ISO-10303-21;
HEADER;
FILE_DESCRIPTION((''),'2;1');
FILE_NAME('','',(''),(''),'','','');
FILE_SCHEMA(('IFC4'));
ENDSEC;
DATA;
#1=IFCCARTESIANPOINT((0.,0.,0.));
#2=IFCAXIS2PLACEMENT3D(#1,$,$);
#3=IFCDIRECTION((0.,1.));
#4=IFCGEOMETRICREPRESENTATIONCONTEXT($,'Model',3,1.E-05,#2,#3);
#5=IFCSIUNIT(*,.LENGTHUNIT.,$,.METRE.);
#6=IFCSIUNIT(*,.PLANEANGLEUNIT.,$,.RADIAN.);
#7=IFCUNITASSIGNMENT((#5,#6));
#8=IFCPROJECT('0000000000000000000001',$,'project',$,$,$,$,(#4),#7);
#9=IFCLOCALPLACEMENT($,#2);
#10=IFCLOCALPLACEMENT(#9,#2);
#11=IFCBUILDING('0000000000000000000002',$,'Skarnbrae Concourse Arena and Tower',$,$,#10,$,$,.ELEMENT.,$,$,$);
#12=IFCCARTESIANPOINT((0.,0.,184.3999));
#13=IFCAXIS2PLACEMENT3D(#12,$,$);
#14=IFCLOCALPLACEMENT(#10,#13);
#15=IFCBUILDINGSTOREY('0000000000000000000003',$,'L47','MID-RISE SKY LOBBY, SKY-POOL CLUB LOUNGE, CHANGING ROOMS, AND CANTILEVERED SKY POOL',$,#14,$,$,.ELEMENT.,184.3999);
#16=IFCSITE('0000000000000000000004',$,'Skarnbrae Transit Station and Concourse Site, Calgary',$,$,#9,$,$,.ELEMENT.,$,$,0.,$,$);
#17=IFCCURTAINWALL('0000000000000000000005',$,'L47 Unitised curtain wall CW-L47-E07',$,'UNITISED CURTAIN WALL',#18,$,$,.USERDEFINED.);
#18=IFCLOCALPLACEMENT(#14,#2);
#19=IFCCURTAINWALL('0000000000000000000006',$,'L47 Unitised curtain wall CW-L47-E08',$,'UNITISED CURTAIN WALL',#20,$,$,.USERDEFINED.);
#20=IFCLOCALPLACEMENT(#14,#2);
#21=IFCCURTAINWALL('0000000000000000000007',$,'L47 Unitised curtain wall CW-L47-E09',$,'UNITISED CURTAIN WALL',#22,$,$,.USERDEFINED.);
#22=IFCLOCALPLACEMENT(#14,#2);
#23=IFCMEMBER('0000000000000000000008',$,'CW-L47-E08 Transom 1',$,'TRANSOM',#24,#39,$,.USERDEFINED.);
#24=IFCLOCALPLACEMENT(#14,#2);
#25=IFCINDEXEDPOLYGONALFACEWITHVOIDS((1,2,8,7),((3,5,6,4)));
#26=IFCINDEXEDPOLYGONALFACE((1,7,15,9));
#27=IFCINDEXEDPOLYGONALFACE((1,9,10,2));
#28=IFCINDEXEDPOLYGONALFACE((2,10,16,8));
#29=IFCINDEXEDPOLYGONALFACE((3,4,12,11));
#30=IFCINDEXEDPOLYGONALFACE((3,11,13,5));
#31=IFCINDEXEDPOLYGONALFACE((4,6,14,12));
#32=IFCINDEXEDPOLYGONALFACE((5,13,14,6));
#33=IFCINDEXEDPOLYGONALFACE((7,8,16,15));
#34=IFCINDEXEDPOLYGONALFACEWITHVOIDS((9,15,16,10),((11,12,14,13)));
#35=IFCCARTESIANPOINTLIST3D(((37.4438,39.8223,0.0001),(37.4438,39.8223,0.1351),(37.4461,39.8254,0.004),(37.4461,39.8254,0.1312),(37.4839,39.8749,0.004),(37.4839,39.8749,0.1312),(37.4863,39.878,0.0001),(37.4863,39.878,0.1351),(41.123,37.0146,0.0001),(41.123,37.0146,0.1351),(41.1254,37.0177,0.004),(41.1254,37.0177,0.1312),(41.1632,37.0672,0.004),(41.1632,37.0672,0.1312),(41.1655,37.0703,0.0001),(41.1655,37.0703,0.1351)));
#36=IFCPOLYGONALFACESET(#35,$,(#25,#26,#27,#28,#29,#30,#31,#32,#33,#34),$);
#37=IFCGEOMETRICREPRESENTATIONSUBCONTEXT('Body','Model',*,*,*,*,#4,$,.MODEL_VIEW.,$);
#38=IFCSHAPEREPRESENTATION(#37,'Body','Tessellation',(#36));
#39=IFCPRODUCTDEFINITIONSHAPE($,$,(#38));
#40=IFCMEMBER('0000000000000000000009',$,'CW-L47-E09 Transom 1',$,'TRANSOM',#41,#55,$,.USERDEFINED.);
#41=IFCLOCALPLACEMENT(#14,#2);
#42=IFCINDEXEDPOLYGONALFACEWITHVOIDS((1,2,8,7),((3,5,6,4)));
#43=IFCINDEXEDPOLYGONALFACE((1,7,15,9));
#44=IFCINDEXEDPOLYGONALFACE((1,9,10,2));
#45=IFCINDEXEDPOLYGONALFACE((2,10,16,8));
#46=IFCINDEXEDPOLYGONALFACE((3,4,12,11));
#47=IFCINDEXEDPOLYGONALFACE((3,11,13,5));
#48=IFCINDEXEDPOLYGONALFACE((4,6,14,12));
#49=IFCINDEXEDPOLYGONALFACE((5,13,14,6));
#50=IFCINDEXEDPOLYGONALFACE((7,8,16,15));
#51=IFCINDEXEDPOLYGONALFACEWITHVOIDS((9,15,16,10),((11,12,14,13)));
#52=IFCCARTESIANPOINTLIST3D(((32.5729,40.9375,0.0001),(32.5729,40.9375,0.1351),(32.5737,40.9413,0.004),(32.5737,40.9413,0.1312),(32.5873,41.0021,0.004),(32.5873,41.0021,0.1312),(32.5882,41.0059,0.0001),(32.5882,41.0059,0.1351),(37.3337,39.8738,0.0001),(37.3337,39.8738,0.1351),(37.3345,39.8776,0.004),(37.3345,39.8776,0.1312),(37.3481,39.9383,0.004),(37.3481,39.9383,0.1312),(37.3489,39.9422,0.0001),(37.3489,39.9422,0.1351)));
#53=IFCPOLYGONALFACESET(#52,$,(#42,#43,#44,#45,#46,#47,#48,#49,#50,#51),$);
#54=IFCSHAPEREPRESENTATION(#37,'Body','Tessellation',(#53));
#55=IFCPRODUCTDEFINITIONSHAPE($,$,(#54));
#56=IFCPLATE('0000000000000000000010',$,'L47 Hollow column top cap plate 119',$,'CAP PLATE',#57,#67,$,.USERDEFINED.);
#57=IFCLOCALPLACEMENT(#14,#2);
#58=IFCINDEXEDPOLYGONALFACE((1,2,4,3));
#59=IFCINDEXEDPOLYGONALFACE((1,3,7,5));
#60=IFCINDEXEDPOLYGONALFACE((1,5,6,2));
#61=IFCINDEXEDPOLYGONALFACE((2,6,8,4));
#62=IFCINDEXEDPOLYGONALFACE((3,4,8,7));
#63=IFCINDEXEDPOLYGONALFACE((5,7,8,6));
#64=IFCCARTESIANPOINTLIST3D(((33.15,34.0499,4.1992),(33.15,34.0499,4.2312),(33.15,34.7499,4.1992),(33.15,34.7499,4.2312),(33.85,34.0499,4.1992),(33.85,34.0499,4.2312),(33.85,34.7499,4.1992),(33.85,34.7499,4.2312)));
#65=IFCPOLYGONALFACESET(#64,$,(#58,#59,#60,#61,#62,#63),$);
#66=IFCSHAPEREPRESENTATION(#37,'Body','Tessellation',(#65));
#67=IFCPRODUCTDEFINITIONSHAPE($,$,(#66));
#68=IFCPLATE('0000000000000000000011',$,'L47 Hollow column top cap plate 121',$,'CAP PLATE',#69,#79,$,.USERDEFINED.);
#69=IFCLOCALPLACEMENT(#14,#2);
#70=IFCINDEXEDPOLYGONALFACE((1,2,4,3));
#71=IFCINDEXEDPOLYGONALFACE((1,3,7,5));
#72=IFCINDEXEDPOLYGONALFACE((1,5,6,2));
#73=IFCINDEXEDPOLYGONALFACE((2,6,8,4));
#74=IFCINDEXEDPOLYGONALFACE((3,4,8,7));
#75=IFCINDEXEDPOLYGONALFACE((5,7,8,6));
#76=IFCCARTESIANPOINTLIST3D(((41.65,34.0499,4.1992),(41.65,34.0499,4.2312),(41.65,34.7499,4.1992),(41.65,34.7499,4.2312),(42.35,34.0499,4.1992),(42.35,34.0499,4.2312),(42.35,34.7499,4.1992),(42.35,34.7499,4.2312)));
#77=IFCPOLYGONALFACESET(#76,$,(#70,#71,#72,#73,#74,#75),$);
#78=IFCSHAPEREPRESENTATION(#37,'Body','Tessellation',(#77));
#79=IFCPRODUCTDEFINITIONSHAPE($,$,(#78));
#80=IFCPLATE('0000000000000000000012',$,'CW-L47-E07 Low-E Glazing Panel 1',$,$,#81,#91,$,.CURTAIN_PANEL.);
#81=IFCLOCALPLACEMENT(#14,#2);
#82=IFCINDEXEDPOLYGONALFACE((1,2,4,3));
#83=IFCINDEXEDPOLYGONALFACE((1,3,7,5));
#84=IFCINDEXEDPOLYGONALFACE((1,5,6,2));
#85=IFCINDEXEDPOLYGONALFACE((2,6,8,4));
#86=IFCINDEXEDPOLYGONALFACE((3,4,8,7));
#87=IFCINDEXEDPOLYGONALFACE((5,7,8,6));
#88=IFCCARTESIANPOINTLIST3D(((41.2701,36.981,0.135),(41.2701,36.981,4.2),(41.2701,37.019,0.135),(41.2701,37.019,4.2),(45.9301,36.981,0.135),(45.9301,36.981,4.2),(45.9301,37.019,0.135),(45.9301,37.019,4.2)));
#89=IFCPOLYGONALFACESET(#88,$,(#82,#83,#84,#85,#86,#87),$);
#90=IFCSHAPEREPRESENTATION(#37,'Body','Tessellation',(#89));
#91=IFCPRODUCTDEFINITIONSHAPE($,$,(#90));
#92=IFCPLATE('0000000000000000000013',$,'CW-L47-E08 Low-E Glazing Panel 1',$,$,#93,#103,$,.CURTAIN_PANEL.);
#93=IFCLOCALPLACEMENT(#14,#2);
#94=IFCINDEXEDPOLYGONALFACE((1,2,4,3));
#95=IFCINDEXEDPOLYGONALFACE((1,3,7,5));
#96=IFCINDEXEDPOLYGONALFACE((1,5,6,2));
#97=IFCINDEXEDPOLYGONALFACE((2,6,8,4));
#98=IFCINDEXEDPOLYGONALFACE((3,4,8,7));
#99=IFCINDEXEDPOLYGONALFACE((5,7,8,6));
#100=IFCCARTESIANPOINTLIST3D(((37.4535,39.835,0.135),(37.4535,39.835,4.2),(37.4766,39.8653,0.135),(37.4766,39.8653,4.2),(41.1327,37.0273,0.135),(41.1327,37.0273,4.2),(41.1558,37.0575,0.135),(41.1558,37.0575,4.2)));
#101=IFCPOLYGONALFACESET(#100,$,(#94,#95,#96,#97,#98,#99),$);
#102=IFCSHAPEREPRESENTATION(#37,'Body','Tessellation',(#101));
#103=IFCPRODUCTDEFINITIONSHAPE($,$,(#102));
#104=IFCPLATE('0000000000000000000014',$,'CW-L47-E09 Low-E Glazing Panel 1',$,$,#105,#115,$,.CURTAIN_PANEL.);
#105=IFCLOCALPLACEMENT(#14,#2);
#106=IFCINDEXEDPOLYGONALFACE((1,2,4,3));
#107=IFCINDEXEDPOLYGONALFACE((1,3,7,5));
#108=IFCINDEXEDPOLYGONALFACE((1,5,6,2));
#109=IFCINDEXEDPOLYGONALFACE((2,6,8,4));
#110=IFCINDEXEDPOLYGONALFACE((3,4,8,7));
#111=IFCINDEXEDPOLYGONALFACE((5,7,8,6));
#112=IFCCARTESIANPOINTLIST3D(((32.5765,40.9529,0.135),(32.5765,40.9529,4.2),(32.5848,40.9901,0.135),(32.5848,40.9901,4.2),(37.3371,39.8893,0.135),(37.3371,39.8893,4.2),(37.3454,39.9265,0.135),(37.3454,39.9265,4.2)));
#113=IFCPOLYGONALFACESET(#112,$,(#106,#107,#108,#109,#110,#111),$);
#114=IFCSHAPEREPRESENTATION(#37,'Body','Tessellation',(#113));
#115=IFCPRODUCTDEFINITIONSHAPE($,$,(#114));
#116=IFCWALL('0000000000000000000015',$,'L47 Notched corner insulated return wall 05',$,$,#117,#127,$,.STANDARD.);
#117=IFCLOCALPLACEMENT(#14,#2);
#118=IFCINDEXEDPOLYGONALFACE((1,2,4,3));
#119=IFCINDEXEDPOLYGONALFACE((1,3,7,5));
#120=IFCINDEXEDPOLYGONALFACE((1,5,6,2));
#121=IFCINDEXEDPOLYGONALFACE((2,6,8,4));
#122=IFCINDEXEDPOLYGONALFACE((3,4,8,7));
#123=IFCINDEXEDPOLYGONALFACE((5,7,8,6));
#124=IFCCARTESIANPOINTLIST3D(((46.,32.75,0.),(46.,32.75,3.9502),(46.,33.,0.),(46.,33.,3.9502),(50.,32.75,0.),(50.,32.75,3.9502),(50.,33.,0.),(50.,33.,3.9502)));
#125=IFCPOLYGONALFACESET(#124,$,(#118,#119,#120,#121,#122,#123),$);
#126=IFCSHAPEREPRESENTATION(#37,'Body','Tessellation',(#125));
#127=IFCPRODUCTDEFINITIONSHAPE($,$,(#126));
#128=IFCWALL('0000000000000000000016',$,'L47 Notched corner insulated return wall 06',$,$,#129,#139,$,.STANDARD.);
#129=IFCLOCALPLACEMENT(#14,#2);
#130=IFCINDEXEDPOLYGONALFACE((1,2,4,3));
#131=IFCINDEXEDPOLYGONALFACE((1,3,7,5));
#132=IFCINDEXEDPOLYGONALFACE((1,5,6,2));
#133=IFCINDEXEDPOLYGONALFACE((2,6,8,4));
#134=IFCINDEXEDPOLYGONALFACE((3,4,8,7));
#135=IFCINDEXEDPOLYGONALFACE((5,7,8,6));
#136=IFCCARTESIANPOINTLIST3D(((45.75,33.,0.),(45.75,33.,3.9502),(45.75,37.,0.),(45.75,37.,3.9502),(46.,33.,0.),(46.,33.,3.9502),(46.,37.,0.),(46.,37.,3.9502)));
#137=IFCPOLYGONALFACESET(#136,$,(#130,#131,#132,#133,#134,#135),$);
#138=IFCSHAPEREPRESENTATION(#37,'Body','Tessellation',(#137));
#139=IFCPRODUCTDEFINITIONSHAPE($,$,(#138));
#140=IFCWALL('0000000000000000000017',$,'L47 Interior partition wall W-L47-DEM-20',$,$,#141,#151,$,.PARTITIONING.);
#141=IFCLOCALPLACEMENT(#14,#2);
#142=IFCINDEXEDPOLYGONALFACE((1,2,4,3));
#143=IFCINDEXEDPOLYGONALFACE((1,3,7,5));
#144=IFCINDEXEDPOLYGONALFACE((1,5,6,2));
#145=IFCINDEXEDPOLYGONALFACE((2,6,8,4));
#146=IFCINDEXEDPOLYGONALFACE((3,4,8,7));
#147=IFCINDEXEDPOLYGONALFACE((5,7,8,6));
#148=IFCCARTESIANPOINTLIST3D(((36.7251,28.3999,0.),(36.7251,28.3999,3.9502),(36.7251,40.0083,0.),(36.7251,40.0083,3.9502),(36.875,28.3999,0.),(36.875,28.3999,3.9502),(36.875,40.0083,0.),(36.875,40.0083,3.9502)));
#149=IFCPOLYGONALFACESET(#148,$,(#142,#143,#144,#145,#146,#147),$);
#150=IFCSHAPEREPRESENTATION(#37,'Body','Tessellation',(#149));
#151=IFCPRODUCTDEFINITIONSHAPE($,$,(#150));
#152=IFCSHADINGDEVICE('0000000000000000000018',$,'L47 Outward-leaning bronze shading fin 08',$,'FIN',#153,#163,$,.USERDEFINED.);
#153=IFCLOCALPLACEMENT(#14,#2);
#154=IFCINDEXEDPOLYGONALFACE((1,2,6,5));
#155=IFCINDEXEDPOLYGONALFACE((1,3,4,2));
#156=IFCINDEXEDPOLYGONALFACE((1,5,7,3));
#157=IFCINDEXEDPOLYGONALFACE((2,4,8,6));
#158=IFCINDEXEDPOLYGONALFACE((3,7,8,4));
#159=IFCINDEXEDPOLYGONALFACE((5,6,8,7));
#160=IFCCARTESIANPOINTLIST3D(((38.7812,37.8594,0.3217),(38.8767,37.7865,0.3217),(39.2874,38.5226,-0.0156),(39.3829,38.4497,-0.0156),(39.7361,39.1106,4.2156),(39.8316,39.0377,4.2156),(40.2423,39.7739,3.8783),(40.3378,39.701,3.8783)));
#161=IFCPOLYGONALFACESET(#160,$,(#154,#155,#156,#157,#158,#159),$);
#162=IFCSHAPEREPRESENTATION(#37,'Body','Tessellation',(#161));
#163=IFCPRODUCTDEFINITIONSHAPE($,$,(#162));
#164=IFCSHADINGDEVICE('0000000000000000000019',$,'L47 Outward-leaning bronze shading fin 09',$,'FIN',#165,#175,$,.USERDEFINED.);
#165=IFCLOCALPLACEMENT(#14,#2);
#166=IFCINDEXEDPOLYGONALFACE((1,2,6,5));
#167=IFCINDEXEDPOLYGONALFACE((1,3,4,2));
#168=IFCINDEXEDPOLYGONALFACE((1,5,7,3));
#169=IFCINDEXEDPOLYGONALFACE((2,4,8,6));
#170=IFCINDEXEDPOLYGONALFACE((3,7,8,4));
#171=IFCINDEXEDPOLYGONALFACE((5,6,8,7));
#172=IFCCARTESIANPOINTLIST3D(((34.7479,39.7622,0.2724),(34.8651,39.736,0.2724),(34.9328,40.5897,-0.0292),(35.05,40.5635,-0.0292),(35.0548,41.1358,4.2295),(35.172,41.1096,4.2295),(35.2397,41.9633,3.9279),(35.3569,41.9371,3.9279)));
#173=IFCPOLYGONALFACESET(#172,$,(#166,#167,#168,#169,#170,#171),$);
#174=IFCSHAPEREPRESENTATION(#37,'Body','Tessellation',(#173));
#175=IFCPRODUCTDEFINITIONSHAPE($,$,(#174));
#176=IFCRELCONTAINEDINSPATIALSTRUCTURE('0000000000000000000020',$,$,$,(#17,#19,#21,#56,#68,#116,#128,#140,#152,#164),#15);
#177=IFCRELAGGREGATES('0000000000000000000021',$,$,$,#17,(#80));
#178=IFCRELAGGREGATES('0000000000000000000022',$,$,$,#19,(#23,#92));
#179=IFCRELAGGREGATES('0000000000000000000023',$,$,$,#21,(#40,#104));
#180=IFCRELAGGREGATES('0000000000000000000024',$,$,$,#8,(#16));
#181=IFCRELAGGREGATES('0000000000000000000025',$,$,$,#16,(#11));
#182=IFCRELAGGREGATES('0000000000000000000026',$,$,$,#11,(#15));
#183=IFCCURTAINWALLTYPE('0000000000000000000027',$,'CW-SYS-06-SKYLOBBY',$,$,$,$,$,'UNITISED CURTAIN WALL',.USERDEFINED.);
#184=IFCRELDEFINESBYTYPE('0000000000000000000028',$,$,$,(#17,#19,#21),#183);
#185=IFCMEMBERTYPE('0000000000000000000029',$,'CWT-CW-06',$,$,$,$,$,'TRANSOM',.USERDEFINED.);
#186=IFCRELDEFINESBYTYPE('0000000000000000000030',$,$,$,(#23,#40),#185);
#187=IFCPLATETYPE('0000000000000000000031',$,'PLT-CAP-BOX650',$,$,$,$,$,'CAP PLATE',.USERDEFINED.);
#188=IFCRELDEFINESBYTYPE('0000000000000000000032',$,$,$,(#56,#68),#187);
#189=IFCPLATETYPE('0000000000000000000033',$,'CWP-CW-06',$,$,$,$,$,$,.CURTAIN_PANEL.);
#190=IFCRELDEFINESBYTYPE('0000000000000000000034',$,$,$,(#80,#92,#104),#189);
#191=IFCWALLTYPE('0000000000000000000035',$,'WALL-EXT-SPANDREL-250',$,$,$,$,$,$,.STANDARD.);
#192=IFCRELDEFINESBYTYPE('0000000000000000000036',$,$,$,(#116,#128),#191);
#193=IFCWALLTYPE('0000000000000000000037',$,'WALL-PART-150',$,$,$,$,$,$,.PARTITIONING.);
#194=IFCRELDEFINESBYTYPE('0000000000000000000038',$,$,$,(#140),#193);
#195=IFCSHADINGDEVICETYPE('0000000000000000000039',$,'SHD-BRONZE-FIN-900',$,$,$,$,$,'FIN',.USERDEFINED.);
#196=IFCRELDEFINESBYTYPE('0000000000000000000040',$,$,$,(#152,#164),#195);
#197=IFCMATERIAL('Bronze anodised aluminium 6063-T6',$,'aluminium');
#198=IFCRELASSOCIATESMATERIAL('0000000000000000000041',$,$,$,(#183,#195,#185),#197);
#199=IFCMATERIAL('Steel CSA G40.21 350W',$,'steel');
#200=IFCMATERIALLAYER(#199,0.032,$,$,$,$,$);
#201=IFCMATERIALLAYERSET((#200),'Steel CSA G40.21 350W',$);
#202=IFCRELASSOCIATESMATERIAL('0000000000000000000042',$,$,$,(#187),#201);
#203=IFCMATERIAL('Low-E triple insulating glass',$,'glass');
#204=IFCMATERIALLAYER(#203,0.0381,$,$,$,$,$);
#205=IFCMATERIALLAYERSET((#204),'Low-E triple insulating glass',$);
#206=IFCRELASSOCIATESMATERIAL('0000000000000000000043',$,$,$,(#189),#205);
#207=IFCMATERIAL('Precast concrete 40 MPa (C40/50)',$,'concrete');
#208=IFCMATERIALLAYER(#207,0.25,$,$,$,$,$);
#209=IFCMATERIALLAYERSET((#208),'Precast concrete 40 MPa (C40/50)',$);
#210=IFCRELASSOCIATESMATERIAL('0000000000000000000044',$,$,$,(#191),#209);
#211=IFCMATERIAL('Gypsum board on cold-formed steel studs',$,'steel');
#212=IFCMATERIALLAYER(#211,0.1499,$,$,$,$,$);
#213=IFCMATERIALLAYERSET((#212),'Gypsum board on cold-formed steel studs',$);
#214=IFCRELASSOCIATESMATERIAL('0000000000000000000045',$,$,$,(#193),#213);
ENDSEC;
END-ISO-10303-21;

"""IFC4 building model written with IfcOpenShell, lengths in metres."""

from ifc_helpers import new_model, si_unit, direction, frame, frame_2d, origin, origin_2d, place, context, subcontext, project, spatial, rectangle, hollow_rectangle, extrude, source, transform, mapped, material, layer, layer_set, material_profile, profile_set, type_object, element, aggregate, save


model = new_model("IFC4")

# Units and contexts
model_context = context("Model", 3, precision=1e-05, world=origin(), true_north=direction((0.0, 1.0)))
body_context = subcontext(model_context, "Body", "Model", "MODEL_VIEW")
ifc_project = project(units=[si_unit("LENGTHUNIT", "METRE"), si_unit("PLANEANGLEUNIT", "RADIAN")], contexts=[model_context])

# Site, building, storey
site_placement = place(None, origin())
site = spatial("IfcSite", under=ifc_project, at=site_placement, Name="Skarnbrae Transit Station and Concourse Site, Calgary", CompositionType="ELEMENT", RefElevation=0.0)
building_placement = place(site_placement, origin())
building = spatial("IfcBuilding", under=site, at=building_placement, Name="Skarnbrae Concourse Arena and Tower", CompositionType="ELEMENT")
storey_placement = place(building_placement, frame((0.0, 0.0, 184.3999)))
storey = spatial("IfcBuildingStorey", under=building, at=storey_placement, Name="L47", Description="MID-RISE SKY LOBBY, SKY-POOL CLUB LOUNGE, CHANGING ROOMS, AND CANTILEVERED SKY POOL", CompositionType="ELEMENT", Elevation=184.3999)

# Shared definitions
ifc_material_1 = material(Name="Steel CSA G40.21 350W", Category="steel")

# Shared definitions
ifc_material_2 = material(Name="Bronze anodised aluminium 6063-T6", Category="aluminium")
curtain_wall_type = type_object("IfcCurtainWallType", Name="CW-SYS-06-SKYLOBBY", ElementType="UNITISED CURTAIN WALL", PredefinedType="USERDEFINED", material=ifc_material_2)

# Curtain walls
curtain_wall_1_placement = place(storey_placement, origin())
curtain_wall_1 = element("IfcCurtainWall", 1, at=curtain_wall_1_placement, inside=storey, type_object=curtain_wall_type, Name="L47 Unitised curtain wall CW-L47-E07", ObjectType="UNITISED CURTAIN WALL", PredefinedType="USERDEFINED")
curtain_wall_2_placement = place(storey_placement, origin())
curtain_wall_2 = element("IfcCurtainWall", 2, at=curtain_wall_2_placement, inside=storey, type_object=curtain_wall_type, Name="L47 Unitised curtain wall CW-L47-E08", ObjectType="UNITISED CURTAIN WALL", PredefinedType="USERDEFINED")

# Curtain wall
curtain_wall_3_placement = place(storey_placement, origin())
curtain_wall_3 = element("IfcCurtainWall", 3, at=curtain_wall_3_placement, inside=storey, type_object=curtain_wall_type, Name="L47 Unitised curtain wall CW-L47-E09", ObjectType="UNITISED CURTAIN WALL", PredefinedType="USERDEFINED")

# Members
ifc_material_profile_1 = material_profile(ifc_material_2, hollow_rectangle(XDim=0.0701, YDim=0.135, WallThickness=0.0039, at=origin_2d()), Name="ALU-TRAN-70X135")
ifc_profile_set_1 = profile_set([ifc_material_profile_1], Name="Bronze anodised aluminium 6063-T6")
member_type_1 = type_object("IfcMemberType", Name="CWT-CW-06", ElementType="TRANSOM", PredefinedType="USERDEFINED", material=ifc_profile_set_1)
shared_shape_1 = source(origin(), body_context, "Body", "SweptSolid", [
    extrude(hollow_rectangle(XDim=0.0701, YDim=0.135, WallThickness=0.0039, at=origin_2d()), origin(), (0.0, 0.0, 1.0), 4.6282),
])
member_1_placement = place(storey_placement, frame((41.1443, 37.0425, 0.0676), z_axis=(-0.794971, 0.606647, 0.0), x_axis=(-0.606647, -0.794971, 0.0)))
member_1 = element("IfcMember", 4, at=member_1_placement, type_object=member_type_1, Name="CW-L47-E08 Transom 1", ObjectType="TRANSOM", PredefinedType="USERDEFINED", context=body_context, shape_type="MappedRepresentation", body=[
    mapped(shared_shape_1, transform((0.0, 0.0, 0.0))),
])
shared_shape_2 = source(origin(), body_context, "Body", "SweptSolid", [
    extrude(hollow_rectangle(XDim=0.0701, YDim=0.135, WallThickness=0.0039, at=origin_2d()), origin(), (0.0, 0.0, 1.0), 4.8782),
])
member_2_placement = place(storey_placement, frame((37.3413, 39.908, 0.0676), z_axis=(-0.975936, 0.218059, 0.0), x_axis=(-0.218059, -0.975936, 0.0)))
member_2 = element("IfcMember", 5, at=member_2_placement, type_object=member_type_1, Name="CW-L47-E09 Transom 1", ObjectType="TRANSOM", PredefinedType="USERDEFINED", context=body_context, shape_type="MappedRepresentation", body=[
    mapped(shared_shape_2, transform((0.0, 0.0, 0.0))),
])

# Plates
ifc_layer_1 = layer(ifc_material_1, 0.032)
ifc_layer_set_1 = layer_set([ifc_layer_1], Name="Steel CSA G40.21 350W")
plate_type_1 = type_object("IfcPlateType", Name="PLT-CAP-BOX650", ElementType="CAP PLATE", PredefinedType="USERDEFINED", material=ifc_layer_set_1)
shared_shape_3 = source(origin(), body_context, "Body", "SweptSolid", [
    extrude(rectangle(XDim=0.7, YDim=0.7, at=origin_2d()), origin(), (0.0, 0.0, 1.0), 0.032),
])
for number, where, z_axis, x_axis, name in (
    (6, (33.5, 34.3999, 4.1992), (0.0, 0.0, 1.0), (1.0, 0.0, 0.0), "L47 Hollow column top cap plate 119"),
    (7, (42.0, 34.3999, 4.1992), (0.0, 0.0, 1.0), (1.0, 0.0, 0.0), "L47 Hollow column top cap plate 121"),
):
    element("IfcPlate", number, at=place(storey_placement, frame(where, z_axis=z_axis, x_axis=x_axis)), inside=storey, type_object=plate_type_1, Name=name, ObjectType="CAP PLATE", PredefinedType="USERDEFINED", context=body_context, shape_type="MappedRepresentation", body=[
        mapped(shared_shape_3, transform((0.0, 0.0, 0.0))),
    ])

# Plates
ifc_material_3 = material(Name="Low-E triple insulating glass", Category="glass")
ifc_layer_2 = layer(ifc_material_3, 0.0381)
ifc_layer_set_2 = layer_set([ifc_layer_2], Name="Low-E triple insulating glass")
plate_type_2 = type_object("IfcPlateType", Name="CWP-CW-06", PredefinedType="CURTAIN_PANEL", material=ifc_layer_set_2)
shared_shape_4 = source(origin(), body_context, "Body", "SweptSolid", [
    extrude(rectangle(XDim=4.6599, YDim=0.0381, at=origin_2d()), origin(), (0.0, 0.0, 1.0), 4.0649),
])
plate_1_placement = place(storey_placement, frame((43.6001, 37.0, 0.135), z_axis=(0.0, 0.0, 1.0), x_axis=(-1.0, 0.0, 0.0)))
plate_1 = element("IfcPlate", 8, at=plate_1_placement, type_object=plate_type_2, Name="CW-L47-E07 Low-E Glazing Panel 1", PredefinedType="CURTAIN_PANEL", context=body_context, shape_type="MappedRepresentation", body=[
    mapped(shared_shape_4, transform((0.0, 0.0, 0.0))),
])
aggregate(curtain_wall_1, [plate_1])
shared_shape_5 = source(origin(), body_context, "Body", "SweptSolid", [
    extrude(rectangle(XDim=4.6282, YDim=0.0381, at=origin_2d()), origin(), (0.0, 0.0, 1.0), 4.0649),
])
plate_2_placement = place(storey_placement, frame((39.3047, 38.4463, 0.135), z_axis=(0.0, 0.0, 1.0), x_axis=(-0.794956, 0.606667, 0.0)))
plate_2 = element("IfcPlate", 9, at=plate_2_placement, type_object=plate_type_2, Name="CW-L47-E08 Low-E Glazing Panel 1", PredefinedType="CURTAIN_PANEL", context=body_context, shape_type="MappedRepresentation", body=[
    mapped(shared_shape_5, transform((0.0, 0.0, 0.0))),
])
aggregate(curtain_wall_2, [member_1, plate_2])
shared_shape_6 = source(origin(), body_context, "Body", "SweptSolid", [
    extrude(rectangle(XDim=4.8779, YDim=0.0381, at=origin_2d()), origin(), (0.0, 0.0, 1.0), 4.0649),
])
plate_3_placement = place(storey_placement, frame((34.9609, 40.4397, 0.135), z_axis=(0.0, 0.0, 1.0), x_axis=(-0.975936, 0.218056, 0.0)))
plate_3 = element("IfcPlate", 10, at=plate_3_placement, type_object=plate_type_2, Name="CW-L47-E09 Low-E Glazing Panel 1", PredefinedType="CURTAIN_PANEL", context=body_context, shape_type="MappedRepresentation", body=[
    mapped(shared_shape_6, transform((0.0, 0.0, 0.0))),
])
aggregate(curtain_wall_3, [member_2, plate_3])

# Walls
ifc_material_4 = material(Name="Precast concrete 40 MPa (C40/50)", Category="concrete")
ifc_layer_3 = layer(ifc_material_4, 0.25)
ifc_layer_set_3 = layer_set([ifc_layer_3], Name="Precast concrete 40 MPa (C40/50)")
wall_type_1 = type_object("IfcWallType", Name="WALL-EXT-SPANDREL-250", PredefinedType="STANDARD", material=ifc_layer_set_3)
shared_shape_7 = source(origin(), body_context, "Body", "SweptSolid", [
    extrude(rectangle(XDim=4.0, YDim=0.25, at=frame_2d((2.0, 0.0))), origin(), (0.0, 0.0, 1.0), 3.9502),
])
for number, where, z_axis, x_axis, name in (
    (11, (50.0, 32.875, 0.0), (0.0, 0.0, 1.0), (-1.0, 0.0, 0.0), "L47 Notched corner insulated return wall 05"),
    (12, (45.875, 33.0, 0.0), (0.0, 0.0, 1.0), (0.0, 1.0, 0.0), "L47 Notched corner insulated return wall 06"),
):
    element("IfcWall", number, at=place(storey_placement, frame(where, z_axis=z_axis, x_axis=x_axis)), inside=storey, type_object=wall_type_1, Name=name, PredefinedType="STANDARD", context=body_context, shape_type="MappedRepresentation", body=[
        mapped(shared_shape_7, transform((0.0, 0.0, 0.0))),
    ])
ifc_material_5 = material(Name="Gypsum board on cold-formed steel studs", Category="steel")
ifc_layer_4 = layer(ifc_material_5, 0.1499)
ifc_layer_set_4 = layer_set([ifc_layer_4], Name="Gypsum board on cold-formed steel studs")
wall_type_2 = type_object("IfcWallType", Name="WALL-PART-150", PredefinedType="PARTITIONING", material=ifc_layer_set_4)
shared_shape_8 = source(origin(), body_context, "Body", "SweptSolid", [
    extrude(rectangle(XDim=11.6084, YDim=0.1499, at=frame_2d((5.8042, 0.0))), origin(), (0.0, 0.0, 1.0), 3.9502),
])
wall_placement = place(storey_placement, frame((36.8, 40.0083, 0.0), z_axis=(0.0, 0.0, 1.0), x_axis=(0.0, -1.0, 0.0)))
element("IfcWall", 13, at=wall_placement, inside=storey, type_object=wall_type_2, Name="L47 Interior partition wall W-L47-DEM-20", PredefinedType="PARTITIONING", context=body_context, shape_type="MappedRepresentation", body=[
    mapped(shared_shape_8, transform((0.0, 0.0, 0.0))),
])

# Shading devices
shading_device_type = type_object("IfcShadingDeviceType", Name="SHD-BRONZE-FIN-900", ElementType="FIN", PredefinedType="USERDEFINED", material=ifc_material_2)
shared_shape_9 = source(origin(), body_context, "Body", "SweptSolid", [
    extrude(rectangle(XDim=0.1201, YDim=0.8999, at=origin_2d()), origin(), (0.0, 0.0, 1.0), 4.2),
])
for number, where, z_axis, x_axis, name in (
    (14, (39.082, 38.1545, 0.1531), (0.22736, 0.297924, 0.927118), (0.794955, -0.606668, 0.0), "L47 Outward-leaning bronze shading fin 08"),
    (15, (34.8989, 40.1628, 0.1216), (0.073076, 0.327058, 0.942174), (0.975936, -0.218058, 0.0), "L47 Outward-leaning bronze shading fin 09"),
):
    element("IfcShadingDevice", number, at=place(storey_placement, frame(where, z_axis=z_axis, x_axis=x_axis)), inside=storey, type_object=shading_device_type, Name=name, ObjectType="FIN", PredefinedType="USERDEFINED", context=body_context, shape_type="MappedRepresentation", body=[
        mapped(shared_shape_9, transform((0.0, 0.0, 0.0))),
    ])

save(model, "model.ifc")
